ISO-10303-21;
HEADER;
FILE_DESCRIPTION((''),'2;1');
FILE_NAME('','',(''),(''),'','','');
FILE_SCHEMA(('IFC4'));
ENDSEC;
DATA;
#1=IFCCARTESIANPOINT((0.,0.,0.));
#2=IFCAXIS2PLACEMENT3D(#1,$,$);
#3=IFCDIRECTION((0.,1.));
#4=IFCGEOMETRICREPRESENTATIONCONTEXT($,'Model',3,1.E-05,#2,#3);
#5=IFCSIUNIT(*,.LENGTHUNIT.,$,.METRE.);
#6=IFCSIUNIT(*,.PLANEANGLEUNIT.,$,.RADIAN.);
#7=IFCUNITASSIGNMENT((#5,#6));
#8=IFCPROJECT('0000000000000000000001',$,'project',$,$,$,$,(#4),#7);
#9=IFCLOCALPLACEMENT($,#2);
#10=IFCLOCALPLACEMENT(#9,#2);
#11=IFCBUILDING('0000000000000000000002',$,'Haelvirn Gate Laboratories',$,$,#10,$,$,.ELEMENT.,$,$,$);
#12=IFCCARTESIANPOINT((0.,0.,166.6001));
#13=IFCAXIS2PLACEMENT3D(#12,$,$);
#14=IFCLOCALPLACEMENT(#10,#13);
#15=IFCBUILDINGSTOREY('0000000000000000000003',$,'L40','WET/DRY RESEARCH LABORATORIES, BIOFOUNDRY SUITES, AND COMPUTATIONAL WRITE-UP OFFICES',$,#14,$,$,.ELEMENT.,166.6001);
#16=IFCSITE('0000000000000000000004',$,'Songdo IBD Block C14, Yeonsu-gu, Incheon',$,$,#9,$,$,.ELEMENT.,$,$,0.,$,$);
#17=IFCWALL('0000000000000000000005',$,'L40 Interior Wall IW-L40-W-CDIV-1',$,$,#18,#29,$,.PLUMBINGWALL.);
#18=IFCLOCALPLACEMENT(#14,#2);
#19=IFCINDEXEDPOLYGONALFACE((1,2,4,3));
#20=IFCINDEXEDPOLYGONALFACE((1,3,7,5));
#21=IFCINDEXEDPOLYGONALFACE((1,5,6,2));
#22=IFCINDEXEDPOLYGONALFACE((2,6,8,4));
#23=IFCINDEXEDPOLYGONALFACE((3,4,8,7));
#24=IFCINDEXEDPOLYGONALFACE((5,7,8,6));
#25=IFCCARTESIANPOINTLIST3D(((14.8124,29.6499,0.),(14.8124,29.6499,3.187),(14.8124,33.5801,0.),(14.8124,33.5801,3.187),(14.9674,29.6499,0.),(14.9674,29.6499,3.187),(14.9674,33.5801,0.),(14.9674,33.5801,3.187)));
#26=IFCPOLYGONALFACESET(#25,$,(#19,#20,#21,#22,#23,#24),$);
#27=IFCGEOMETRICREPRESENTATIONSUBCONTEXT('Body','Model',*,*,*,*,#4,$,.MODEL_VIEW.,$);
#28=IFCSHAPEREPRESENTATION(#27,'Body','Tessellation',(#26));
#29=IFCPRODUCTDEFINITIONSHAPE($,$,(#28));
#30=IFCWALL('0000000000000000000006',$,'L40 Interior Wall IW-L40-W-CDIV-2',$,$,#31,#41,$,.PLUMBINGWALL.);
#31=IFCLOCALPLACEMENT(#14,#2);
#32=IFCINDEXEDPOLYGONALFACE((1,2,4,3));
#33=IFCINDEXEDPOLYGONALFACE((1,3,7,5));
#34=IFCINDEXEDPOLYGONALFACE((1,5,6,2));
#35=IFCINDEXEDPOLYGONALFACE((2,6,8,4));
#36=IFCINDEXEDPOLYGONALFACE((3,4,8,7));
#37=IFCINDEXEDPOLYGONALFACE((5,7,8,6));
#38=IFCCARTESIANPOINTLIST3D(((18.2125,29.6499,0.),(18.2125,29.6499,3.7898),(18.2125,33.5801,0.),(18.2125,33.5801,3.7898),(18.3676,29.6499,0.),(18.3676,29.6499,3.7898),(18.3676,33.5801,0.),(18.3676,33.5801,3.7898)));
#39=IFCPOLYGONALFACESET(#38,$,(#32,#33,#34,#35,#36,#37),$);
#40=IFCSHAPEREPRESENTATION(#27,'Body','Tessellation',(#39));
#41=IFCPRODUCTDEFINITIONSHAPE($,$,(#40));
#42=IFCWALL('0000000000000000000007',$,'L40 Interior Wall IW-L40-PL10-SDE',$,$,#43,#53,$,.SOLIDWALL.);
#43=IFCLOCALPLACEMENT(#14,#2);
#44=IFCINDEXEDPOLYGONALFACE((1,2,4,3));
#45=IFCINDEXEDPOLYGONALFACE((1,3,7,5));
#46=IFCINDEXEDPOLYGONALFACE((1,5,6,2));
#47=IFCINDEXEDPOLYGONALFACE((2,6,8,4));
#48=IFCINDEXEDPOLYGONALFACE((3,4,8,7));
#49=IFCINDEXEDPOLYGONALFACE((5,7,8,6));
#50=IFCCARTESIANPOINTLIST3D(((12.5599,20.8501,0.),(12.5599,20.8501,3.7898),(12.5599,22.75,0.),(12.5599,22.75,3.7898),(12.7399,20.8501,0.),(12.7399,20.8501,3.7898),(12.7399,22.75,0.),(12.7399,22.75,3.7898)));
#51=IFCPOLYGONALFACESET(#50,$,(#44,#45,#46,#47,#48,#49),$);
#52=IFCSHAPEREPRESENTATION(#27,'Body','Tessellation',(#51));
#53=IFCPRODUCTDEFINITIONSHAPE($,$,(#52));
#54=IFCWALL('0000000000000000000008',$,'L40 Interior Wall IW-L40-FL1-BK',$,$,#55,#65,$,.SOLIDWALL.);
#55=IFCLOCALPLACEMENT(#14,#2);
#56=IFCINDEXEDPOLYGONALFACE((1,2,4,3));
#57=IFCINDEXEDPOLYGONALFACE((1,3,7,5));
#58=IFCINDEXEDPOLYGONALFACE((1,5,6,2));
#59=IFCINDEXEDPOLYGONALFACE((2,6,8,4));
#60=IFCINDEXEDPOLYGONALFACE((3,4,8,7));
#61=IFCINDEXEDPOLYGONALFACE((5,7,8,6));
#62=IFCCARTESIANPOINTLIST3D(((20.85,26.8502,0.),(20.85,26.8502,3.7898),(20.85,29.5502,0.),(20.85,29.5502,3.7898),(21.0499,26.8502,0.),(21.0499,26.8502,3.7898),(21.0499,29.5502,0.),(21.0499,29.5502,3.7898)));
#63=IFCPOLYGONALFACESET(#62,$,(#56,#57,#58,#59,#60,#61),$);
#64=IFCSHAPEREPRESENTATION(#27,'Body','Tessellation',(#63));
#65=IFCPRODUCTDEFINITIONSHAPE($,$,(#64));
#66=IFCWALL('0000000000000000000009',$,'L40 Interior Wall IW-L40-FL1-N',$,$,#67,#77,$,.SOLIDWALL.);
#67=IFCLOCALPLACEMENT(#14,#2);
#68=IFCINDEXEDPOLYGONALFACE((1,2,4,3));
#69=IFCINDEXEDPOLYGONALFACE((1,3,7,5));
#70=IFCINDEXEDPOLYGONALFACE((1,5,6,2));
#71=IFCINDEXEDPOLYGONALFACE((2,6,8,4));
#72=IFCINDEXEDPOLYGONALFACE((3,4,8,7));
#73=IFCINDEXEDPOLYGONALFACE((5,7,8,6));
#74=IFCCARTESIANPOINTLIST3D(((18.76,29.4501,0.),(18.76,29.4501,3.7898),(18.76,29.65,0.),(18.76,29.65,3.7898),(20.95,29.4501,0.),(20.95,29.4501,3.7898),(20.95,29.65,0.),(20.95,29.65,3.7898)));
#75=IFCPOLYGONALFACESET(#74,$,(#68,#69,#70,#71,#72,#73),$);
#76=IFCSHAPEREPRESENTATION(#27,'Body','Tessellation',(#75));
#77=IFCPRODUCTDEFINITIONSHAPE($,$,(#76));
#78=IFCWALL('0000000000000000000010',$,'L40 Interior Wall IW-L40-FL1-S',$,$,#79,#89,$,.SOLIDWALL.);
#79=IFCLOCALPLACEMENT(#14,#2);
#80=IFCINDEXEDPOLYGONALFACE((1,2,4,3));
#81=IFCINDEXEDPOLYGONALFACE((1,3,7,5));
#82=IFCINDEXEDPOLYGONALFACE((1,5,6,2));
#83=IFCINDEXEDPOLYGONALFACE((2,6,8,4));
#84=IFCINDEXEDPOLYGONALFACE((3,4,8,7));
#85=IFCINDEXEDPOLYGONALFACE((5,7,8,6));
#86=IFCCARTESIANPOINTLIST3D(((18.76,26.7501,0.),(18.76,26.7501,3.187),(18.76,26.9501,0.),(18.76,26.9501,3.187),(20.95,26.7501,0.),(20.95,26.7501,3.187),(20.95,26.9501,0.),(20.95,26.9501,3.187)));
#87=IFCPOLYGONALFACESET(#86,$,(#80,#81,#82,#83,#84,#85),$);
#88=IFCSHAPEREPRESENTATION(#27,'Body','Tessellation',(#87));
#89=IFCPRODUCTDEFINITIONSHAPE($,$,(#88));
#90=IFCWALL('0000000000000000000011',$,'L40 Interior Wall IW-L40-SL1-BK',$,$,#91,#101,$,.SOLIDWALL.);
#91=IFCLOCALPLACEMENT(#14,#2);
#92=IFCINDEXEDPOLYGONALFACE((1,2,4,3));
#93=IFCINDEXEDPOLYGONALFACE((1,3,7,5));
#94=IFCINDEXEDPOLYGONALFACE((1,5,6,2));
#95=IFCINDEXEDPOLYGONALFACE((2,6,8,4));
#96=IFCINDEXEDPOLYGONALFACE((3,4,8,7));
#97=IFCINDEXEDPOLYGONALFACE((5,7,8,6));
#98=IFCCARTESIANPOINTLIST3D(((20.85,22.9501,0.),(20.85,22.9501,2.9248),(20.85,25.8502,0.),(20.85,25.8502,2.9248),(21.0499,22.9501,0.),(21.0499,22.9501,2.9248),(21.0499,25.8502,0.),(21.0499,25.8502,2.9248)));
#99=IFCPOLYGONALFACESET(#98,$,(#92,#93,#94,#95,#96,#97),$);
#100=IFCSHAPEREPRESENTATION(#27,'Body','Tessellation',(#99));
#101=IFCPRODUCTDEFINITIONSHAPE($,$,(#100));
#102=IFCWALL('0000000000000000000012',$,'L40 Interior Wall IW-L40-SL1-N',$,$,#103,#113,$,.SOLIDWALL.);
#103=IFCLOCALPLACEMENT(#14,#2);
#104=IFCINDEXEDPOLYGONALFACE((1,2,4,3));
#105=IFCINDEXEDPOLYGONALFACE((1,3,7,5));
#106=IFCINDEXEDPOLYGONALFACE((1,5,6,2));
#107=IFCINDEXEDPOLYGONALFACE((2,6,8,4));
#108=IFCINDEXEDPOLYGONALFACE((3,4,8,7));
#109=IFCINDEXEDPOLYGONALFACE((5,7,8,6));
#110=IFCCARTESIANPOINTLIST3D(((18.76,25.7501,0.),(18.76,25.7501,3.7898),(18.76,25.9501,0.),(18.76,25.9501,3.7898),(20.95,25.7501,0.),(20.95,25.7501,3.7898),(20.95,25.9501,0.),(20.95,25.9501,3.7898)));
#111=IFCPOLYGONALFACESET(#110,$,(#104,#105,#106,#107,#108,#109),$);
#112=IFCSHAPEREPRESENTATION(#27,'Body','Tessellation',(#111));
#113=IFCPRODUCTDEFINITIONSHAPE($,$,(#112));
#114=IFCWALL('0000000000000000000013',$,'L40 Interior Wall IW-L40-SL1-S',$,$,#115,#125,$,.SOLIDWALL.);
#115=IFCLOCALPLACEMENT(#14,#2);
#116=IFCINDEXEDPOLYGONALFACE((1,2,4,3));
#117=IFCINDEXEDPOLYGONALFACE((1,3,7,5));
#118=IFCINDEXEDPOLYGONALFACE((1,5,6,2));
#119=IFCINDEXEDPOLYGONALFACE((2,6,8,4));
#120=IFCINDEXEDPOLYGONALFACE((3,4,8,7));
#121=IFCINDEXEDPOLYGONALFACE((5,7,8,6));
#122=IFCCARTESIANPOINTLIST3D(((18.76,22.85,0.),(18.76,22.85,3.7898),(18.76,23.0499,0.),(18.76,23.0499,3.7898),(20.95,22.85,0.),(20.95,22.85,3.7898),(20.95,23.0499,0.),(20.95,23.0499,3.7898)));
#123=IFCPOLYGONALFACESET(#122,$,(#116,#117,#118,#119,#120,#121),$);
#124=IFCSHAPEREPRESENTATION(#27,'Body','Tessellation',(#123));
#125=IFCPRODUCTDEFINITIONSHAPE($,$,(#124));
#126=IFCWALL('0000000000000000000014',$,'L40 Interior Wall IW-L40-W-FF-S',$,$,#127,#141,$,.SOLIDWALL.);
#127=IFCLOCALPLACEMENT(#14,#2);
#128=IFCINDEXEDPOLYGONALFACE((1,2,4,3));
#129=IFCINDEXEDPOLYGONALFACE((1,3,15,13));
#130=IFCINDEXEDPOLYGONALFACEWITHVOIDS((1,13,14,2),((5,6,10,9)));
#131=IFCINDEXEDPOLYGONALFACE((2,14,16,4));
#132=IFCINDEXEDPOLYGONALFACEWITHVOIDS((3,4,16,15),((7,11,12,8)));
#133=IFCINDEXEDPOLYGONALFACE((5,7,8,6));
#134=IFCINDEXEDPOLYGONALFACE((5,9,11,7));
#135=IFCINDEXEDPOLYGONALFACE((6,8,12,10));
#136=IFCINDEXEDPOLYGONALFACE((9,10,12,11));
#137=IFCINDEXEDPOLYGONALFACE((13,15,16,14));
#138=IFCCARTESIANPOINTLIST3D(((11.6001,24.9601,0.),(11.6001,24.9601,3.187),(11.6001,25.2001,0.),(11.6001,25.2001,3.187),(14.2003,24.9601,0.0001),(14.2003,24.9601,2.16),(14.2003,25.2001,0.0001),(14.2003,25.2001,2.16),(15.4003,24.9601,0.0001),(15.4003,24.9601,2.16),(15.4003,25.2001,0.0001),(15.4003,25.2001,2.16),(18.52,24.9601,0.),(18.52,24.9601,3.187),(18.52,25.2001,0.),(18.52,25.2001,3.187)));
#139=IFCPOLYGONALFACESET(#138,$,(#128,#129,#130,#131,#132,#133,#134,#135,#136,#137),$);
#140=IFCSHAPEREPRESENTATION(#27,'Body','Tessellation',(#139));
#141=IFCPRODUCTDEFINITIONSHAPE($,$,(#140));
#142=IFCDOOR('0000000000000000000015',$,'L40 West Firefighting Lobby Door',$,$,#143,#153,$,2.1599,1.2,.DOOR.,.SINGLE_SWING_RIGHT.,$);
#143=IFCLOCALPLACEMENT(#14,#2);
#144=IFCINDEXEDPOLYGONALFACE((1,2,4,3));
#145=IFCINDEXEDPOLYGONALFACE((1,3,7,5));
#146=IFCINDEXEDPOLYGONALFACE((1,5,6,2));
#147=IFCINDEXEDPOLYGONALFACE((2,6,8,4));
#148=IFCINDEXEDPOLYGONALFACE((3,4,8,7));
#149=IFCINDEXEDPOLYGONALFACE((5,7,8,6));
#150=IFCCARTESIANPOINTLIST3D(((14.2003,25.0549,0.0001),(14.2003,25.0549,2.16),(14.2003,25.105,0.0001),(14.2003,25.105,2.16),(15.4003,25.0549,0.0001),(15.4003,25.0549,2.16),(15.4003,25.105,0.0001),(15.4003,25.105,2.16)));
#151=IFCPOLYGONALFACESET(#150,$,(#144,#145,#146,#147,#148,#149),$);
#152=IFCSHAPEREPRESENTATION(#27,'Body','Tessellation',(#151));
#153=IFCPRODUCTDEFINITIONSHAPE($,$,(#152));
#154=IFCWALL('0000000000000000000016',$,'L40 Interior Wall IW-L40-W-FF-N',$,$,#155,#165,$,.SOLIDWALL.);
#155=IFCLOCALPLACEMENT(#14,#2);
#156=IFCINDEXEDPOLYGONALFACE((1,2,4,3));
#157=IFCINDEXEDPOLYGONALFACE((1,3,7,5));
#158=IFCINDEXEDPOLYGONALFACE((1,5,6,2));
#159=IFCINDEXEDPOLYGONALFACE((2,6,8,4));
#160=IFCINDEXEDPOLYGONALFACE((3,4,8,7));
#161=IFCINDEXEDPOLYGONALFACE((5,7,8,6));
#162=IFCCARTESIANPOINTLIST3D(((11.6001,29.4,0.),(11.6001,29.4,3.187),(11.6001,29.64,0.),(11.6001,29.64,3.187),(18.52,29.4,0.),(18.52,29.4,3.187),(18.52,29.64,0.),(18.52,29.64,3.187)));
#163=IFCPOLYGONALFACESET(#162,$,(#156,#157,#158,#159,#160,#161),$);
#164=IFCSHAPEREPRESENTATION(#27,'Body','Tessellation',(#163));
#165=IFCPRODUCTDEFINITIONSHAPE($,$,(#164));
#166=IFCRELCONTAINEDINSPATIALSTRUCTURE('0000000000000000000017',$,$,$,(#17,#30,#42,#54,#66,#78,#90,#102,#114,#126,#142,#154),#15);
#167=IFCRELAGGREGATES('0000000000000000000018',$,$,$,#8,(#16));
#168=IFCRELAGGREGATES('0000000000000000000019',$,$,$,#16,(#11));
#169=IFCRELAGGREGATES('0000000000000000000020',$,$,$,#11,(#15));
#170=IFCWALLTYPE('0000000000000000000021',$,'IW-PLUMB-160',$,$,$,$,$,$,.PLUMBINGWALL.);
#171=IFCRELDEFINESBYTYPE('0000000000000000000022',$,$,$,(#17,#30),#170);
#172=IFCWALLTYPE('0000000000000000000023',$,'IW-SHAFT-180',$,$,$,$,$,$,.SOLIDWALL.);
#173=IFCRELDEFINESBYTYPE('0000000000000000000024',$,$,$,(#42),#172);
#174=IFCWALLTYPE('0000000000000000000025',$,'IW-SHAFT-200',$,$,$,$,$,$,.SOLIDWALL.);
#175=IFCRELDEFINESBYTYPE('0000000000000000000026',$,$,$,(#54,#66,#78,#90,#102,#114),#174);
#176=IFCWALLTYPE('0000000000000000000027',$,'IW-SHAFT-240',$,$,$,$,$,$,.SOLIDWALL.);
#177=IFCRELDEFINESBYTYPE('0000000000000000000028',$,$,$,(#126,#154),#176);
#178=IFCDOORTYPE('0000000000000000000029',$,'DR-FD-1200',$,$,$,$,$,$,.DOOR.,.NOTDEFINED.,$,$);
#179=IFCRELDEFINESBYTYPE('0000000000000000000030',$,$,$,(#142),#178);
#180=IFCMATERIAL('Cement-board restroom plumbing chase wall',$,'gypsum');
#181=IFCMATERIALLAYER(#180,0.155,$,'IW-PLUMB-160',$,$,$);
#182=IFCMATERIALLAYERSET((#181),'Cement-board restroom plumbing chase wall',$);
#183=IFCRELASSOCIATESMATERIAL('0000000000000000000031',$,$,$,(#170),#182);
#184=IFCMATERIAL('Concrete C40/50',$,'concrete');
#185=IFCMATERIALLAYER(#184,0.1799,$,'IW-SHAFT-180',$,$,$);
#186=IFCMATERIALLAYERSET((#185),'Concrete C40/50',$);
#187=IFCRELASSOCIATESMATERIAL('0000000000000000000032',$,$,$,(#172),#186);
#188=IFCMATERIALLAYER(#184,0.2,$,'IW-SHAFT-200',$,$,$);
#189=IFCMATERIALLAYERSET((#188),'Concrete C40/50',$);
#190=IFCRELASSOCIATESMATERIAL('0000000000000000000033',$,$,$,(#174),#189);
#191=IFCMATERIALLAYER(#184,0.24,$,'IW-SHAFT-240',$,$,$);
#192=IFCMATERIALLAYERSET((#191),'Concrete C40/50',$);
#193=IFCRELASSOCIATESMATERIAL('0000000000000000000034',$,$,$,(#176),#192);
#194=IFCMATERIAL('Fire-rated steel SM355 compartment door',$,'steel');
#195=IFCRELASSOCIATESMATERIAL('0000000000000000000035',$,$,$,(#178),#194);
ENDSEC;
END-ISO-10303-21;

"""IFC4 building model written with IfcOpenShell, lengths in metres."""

from ifc_helpers import new_model, si_unit, direction, frame, frame_2d, origin, place, context, subcontext, project, spatial, rectangle, extrude, source, transform, mapped, material, layer, layer_set, type_object, type_shapes, element, fill, save


model = new_model("IFC4")

# Units and contexts
model_context = context("Model", 3, precision=1e-05, world=origin(), true_north=direction((0.0, 1.0)))
body_context = subcontext(model_context, "Body", "Model", "MODEL_VIEW")
ifc_project = project(units=[si_unit("LENGTHUNIT", "METRE"), si_unit("PLANEANGLEUNIT", "RADIAN")], contexts=[model_context])

# Site, building, storey
site_placement = place(None, origin())
site = spatial("IfcSite", under=ifc_project, at=site_placement, Name="Songdo IBD Block C14, Yeonsu-gu, Incheon", CompositionType="ELEMENT", RefElevation=0.0)
building_placement = place(site_placement, origin())
building = spatial("IfcBuilding", under=site, at=building_placement, Name="Haelvirn Gate Laboratories", CompositionType="ELEMENT")
storey_placement = place(building_placement, frame((0.0, 0.0, 166.6001)))
storey = spatial("IfcBuildingStorey", under=building, at=storey_placement, Name="L40", Description="WET/DRY RESEARCH LABORATORIES, BIOFOUNDRY SUITES, AND COMPUTATIONAL WRITE-UP OFFICES", CompositionType="ELEMENT", Elevation=166.6001)

# Walls
ifc_material_1 = material(Name="Cement-board restroom plumbing chase wall", Category="gypsum")
ifc_layer_1 = layer(ifc_material_1, 0.155, Name="IW-PLUMB-160")
ifc_layer_set_1 = layer_set([ifc_layer_1], Name="Cement-board restroom plumbing chase wall")
wall_type_1 = type_object("IfcWallType", Name="IW-PLUMB-160", PredefinedType="PLUMBINGWALL", material=ifc_layer_set_1)
wall_1_placement = place(storey_placement, frame((14.8899, 29.6499, 0.0), z_axis=(0.0, 0.0, 1.0), x_axis=(0.0, 1.0, 0.0)))
element("IfcWall", 1, at=wall_1_placement, inside=storey, type_object=wall_type_1, Name="L40 Interior Wall IW-L40-W-CDIV-1", PredefinedType="PLUMBINGWALL", context=body_context, shape_type="SweptSolid", body=[
    extrude(rectangle(XDim=3.9302, YDim=0.155, at=frame_2d((1.9651, 0.0))), origin(), (0.0, 0.0, 1.0), 3.187),
])
wall_2_placement = place(storey_placement, frame((18.29, 29.6499, 0.0), z_axis=(0.0, 0.0, 1.0), x_axis=(0.0, 1.0, 0.0)))
element("IfcWall", 2, at=wall_2_placement, inside=storey, type_object=wall_type_1, Name="L40 Interior Wall IW-L40-W-CDIV-2", PredefinedType="PLUMBINGWALL", context=body_context, shape_type="SweptSolid", body=[
    extrude(rectangle(XDim=3.9302, YDim=0.155, at=frame_2d((1.9651, 0.0))), origin(), (0.0, 0.0, 1.0), 3.7898),
])
ifc_material_2 = material(Name="Concrete C40/50", Category="concrete")
ifc_layer_2 = layer(ifc_material_2, 0.1799, Name="IW-SHAFT-180")
ifc_layer_set_2 = layer_set([ifc_layer_2], Name="Concrete C40/50")
wall_type_2 = type_object("IfcWallType", Name="IW-SHAFT-180", PredefinedType="SOLIDWALL", material=ifc_layer_set_2)
wall_3_placement = place(storey_placement, frame((12.6499, 20.8501, 0.0), z_axis=(0.0, 0.0, 1.0), x_axis=(0.0, 1.0, 0.0)))
element("IfcWall", 3, at=wall_3_placement, inside=storey, type_object=wall_type_2, Name="L40 Interior Wall IW-L40-PL10-SDE", PredefinedType="SOLIDWALL", context=body_context, shape_type="SweptSolid", body=[
    extrude(rectangle(XDim=1.8999, YDim=0.1799, at=frame_2d((0.95, 0.0))), origin(), (0.0, 0.0, 1.0), 3.7898),
])
ifc_layer_3 = layer(ifc_material_2, 0.2, Name="IW-SHAFT-200")
ifc_layer_set_3 = layer_set([ifc_layer_3], Name="Concrete C40/50")
wall_type_3 = type_object("IfcWallType", Name="IW-SHAFT-200", PredefinedType="SOLIDWALL", material=ifc_layer_set_3)
wall_4_placement = place(storey_placement, frame((20.95, 26.8501, 0.0), z_axis=(0.0, 0.0, 1.0), x_axis=(0.0, 1.0, 0.0)))
element("IfcWall", 4, at=wall_4_placement, inside=storey, type_object=wall_type_3, Name="L40 Interior Wall IW-L40-FL1-BK", PredefinedType="SOLIDWALL", context=body_context, shape_type="SweptSolid", body=[
    extrude(rectangle(XDim=2.7, YDim=0.2, at=frame_2d((1.3501, 0.0))), origin(), (0.0, 0.0, 1.0), 3.7898),
])
wall_5_placement = place(storey_placement, frame((18.76, 29.55, 0.0), z_axis=(0.0, 0.0, 1.0), x_axis=(1.0, 0.0, 0.0)))
element("IfcWall", 5, at=wall_5_placement, inside=storey, type_object=wall_type_3, Name="L40 Interior Wall IW-L40-FL1-N", PredefinedType="SOLIDWALL", context=body_context, shape_type="SweptSolid", body=[
    extrude(rectangle(XDim=2.1899, YDim=0.2, at=frame_2d((1.095, 0.0))), origin(), (0.0, 0.0, 1.0), 3.7898),
])
wall_6_placement = place(storey_placement, frame((18.76, 26.8501, 0.0), z_axis=(0.0, 0.0, 1.0), x_axis=(1.0, 0.0, 0.0)))
element("IfcWall", 6, at=wall_6_placement, inside=storey, type_object=wall_type_3, Name="L40 Interior Wall IW-L40-FL1-S", PredefinedType="SOLIDWALL", context=body_context, shape_type="SweptSolid", body=[
    extrude(rectangle(XDim=2.1899, YDim=0.2, at=frame_2d((1.095, 0.0))), origin(), (0.0, 0.0, 1.0), 3.187),
])
wall_7_placement = place(storey_placement, frame((20.95, 22.95, 0.0), z_axis=(0.0, 0.0, 1.0), x_axis=(0.0, 1.0, 0.0)))
element("IfcWall", 7, at=wall_7_placement, inside=storey, type_object=wall_type_3, Name="L40 Interior Wall IW-L40-SL1-BK", PredefinedType="SOLIDWALL", context=body_context, shape_type="SweptSolid", body=[
    extrude(rectangle(XDim=2.9001, YDim=0.2, at=frame_2d((1.4502, 0.0))), origin(), (0.0, 0.0, 1.0), 2.9248),
])
for number, where, z_axis, x_axis, name in (
    (8, (18.76, 25.8501, 0.0), (0.0, 0.0, 1.0), (1.0, 0.0, 0.0), "L40 Interior Wall IW-L40-SL1-N"),
    (9, (18.76, 22.95, 0.0), (0.0, 0.0, 1.0), (1.0, 0.0, 0.0), "L40 Interior Wall IW-L40-SL1-S"),
):
    element("IfcWall", number, at=place(storey_placement, frame(where, z_axis=z_axis, x_axis=x_axis)), inside=storey, type_object=wall_type_3, Name=name, PredefinedType="SOLIDWALL", context=body_context, shape_type="SweptSolid", body=[
        extrude(rectangle(XDim=2.1899, YDim=0.2, at=frame_2d((1.095, 0.0))), origin(), (0.0, 0.0, 1.0), 3.7898),
    ])

# Wall, opening, door
ifc_layer_4 = layer(ifc_material_2, 0.24, Name="IW-SHAFT-240")
ifc_layer_set_4 = layer_set([ifc_layer_4], Name="Concrete C40/50")
wall_type_4 = type_object("IfcWallType", Name="IW-SHAFT-240", PredefinedType="SOLIDWALL", material=ifc_layer_set_4)
wall_8_placement = place(storey_placement, frame((11.6001, 25.0801, 0.0), z_axis=(0.0, 0.0, 1.0), x_axis=(1.0, 0.0, 0.0)))
wall_8 = element("IfcWall", 10, at=wall_8_placement, inside=storey, type_object=wall_type_4, Name="L40 Interior Wall IW-L40-W-FF-S", PredefinedType="SOLIDWALL", context=body_context, shape_type="SweptSolid", body=[
    extrude(rectangle(XDim=6.9199, YDim=0.24, at=frame_2d((3.46, 0.0))), origin(), (0.0, 0.0, 1.0), 3.187),
])
opening_1_placement = place(wall_8_placement, frame((2.6001, 0.0, 0.0)))
opening_1 = element("IfcOpeningElement", 11, at=opening_1_placement, cuts=wall_8, PredefinedType="OPENING", context=body_context, shape_type="SweptSolid", body=[
    extrude(rectangle(XDim=1.2, YDim=2.1599, at=frame_2d((0.6001, 1.0801))), frame((0.0, 0.1299, 0.0), z_axis=(0.0, -1.0, 0.0), x_axis=(1.0, 0.0, 0.0)), (0.0, 0.0, 1.0), 0.26),
])
ifc_material_3 = material(Name="Fire-rated steel SM355 compartment door", Category="steel")
door_type_1 = type_object("IfcDoorType", Name="DR-FD-1200", OperationType="NOTDEFINED", PredefinedType="DOOR", material=ifc_material_3)
shared_shape_1 = source(origin(), body_context, "Body", "SweptSolid", [
    extrude(rectangle(XDim=1.2, YDim=2.1599, at=frame_2d((0.6001, 1.0801))), frame((0.0, 0.0249, 0.0), z_axis=(0.0, -1.0, 0.0), x_axis=(1.0, 0.0, 0.0)), (0.0, 0.0, 1.0), 0.05),
])
type_shapes(door_type_1, [shared_shape_1])
door_1_placement = place(opening_1_placement, origin())
door_1 = element("IfcDoor", 12, at=door_1_placement, inside=storey, type_object=door_type_1, Name="L40 West Firefighting Lobby Door", OperationType="SINGLE_SWING_RIGHT", OverallHeight=2.1599, OverallWidth=1.2, PredefinedType="DOOR", context=body_context, shape_type="MappedRepresentation", body=[
    mapped(shared_shape_1, transform((0.0, 0.0, 0.0), scale=1.0)),
])
fill(opening_1, door_1)

# Wall
wall_9_placement = place(storey_placement, frame((11.6001, 29.52, 0.0), z_axis=(0.0, 0.0, 1.0), x_axis=(1.0, 0.0, 0.0)))
element("IfcWall", 13, at=wall_9_placement, inside=storey, type_object=wall_type_4, Name="L40 Interior Wall IW-L40-W-FF-N", PredefinedType="SOLIDWALL", context=body_context, shape_type="SweptSolid", body=[
    extrude(rectangle(XDim=6.9199, YDim=0.24, at=frame_2d((3.46, 0.0))), origin(), (0.0, 0.0, 1.0), 3.187),
])

save(model, "model.ifc")
